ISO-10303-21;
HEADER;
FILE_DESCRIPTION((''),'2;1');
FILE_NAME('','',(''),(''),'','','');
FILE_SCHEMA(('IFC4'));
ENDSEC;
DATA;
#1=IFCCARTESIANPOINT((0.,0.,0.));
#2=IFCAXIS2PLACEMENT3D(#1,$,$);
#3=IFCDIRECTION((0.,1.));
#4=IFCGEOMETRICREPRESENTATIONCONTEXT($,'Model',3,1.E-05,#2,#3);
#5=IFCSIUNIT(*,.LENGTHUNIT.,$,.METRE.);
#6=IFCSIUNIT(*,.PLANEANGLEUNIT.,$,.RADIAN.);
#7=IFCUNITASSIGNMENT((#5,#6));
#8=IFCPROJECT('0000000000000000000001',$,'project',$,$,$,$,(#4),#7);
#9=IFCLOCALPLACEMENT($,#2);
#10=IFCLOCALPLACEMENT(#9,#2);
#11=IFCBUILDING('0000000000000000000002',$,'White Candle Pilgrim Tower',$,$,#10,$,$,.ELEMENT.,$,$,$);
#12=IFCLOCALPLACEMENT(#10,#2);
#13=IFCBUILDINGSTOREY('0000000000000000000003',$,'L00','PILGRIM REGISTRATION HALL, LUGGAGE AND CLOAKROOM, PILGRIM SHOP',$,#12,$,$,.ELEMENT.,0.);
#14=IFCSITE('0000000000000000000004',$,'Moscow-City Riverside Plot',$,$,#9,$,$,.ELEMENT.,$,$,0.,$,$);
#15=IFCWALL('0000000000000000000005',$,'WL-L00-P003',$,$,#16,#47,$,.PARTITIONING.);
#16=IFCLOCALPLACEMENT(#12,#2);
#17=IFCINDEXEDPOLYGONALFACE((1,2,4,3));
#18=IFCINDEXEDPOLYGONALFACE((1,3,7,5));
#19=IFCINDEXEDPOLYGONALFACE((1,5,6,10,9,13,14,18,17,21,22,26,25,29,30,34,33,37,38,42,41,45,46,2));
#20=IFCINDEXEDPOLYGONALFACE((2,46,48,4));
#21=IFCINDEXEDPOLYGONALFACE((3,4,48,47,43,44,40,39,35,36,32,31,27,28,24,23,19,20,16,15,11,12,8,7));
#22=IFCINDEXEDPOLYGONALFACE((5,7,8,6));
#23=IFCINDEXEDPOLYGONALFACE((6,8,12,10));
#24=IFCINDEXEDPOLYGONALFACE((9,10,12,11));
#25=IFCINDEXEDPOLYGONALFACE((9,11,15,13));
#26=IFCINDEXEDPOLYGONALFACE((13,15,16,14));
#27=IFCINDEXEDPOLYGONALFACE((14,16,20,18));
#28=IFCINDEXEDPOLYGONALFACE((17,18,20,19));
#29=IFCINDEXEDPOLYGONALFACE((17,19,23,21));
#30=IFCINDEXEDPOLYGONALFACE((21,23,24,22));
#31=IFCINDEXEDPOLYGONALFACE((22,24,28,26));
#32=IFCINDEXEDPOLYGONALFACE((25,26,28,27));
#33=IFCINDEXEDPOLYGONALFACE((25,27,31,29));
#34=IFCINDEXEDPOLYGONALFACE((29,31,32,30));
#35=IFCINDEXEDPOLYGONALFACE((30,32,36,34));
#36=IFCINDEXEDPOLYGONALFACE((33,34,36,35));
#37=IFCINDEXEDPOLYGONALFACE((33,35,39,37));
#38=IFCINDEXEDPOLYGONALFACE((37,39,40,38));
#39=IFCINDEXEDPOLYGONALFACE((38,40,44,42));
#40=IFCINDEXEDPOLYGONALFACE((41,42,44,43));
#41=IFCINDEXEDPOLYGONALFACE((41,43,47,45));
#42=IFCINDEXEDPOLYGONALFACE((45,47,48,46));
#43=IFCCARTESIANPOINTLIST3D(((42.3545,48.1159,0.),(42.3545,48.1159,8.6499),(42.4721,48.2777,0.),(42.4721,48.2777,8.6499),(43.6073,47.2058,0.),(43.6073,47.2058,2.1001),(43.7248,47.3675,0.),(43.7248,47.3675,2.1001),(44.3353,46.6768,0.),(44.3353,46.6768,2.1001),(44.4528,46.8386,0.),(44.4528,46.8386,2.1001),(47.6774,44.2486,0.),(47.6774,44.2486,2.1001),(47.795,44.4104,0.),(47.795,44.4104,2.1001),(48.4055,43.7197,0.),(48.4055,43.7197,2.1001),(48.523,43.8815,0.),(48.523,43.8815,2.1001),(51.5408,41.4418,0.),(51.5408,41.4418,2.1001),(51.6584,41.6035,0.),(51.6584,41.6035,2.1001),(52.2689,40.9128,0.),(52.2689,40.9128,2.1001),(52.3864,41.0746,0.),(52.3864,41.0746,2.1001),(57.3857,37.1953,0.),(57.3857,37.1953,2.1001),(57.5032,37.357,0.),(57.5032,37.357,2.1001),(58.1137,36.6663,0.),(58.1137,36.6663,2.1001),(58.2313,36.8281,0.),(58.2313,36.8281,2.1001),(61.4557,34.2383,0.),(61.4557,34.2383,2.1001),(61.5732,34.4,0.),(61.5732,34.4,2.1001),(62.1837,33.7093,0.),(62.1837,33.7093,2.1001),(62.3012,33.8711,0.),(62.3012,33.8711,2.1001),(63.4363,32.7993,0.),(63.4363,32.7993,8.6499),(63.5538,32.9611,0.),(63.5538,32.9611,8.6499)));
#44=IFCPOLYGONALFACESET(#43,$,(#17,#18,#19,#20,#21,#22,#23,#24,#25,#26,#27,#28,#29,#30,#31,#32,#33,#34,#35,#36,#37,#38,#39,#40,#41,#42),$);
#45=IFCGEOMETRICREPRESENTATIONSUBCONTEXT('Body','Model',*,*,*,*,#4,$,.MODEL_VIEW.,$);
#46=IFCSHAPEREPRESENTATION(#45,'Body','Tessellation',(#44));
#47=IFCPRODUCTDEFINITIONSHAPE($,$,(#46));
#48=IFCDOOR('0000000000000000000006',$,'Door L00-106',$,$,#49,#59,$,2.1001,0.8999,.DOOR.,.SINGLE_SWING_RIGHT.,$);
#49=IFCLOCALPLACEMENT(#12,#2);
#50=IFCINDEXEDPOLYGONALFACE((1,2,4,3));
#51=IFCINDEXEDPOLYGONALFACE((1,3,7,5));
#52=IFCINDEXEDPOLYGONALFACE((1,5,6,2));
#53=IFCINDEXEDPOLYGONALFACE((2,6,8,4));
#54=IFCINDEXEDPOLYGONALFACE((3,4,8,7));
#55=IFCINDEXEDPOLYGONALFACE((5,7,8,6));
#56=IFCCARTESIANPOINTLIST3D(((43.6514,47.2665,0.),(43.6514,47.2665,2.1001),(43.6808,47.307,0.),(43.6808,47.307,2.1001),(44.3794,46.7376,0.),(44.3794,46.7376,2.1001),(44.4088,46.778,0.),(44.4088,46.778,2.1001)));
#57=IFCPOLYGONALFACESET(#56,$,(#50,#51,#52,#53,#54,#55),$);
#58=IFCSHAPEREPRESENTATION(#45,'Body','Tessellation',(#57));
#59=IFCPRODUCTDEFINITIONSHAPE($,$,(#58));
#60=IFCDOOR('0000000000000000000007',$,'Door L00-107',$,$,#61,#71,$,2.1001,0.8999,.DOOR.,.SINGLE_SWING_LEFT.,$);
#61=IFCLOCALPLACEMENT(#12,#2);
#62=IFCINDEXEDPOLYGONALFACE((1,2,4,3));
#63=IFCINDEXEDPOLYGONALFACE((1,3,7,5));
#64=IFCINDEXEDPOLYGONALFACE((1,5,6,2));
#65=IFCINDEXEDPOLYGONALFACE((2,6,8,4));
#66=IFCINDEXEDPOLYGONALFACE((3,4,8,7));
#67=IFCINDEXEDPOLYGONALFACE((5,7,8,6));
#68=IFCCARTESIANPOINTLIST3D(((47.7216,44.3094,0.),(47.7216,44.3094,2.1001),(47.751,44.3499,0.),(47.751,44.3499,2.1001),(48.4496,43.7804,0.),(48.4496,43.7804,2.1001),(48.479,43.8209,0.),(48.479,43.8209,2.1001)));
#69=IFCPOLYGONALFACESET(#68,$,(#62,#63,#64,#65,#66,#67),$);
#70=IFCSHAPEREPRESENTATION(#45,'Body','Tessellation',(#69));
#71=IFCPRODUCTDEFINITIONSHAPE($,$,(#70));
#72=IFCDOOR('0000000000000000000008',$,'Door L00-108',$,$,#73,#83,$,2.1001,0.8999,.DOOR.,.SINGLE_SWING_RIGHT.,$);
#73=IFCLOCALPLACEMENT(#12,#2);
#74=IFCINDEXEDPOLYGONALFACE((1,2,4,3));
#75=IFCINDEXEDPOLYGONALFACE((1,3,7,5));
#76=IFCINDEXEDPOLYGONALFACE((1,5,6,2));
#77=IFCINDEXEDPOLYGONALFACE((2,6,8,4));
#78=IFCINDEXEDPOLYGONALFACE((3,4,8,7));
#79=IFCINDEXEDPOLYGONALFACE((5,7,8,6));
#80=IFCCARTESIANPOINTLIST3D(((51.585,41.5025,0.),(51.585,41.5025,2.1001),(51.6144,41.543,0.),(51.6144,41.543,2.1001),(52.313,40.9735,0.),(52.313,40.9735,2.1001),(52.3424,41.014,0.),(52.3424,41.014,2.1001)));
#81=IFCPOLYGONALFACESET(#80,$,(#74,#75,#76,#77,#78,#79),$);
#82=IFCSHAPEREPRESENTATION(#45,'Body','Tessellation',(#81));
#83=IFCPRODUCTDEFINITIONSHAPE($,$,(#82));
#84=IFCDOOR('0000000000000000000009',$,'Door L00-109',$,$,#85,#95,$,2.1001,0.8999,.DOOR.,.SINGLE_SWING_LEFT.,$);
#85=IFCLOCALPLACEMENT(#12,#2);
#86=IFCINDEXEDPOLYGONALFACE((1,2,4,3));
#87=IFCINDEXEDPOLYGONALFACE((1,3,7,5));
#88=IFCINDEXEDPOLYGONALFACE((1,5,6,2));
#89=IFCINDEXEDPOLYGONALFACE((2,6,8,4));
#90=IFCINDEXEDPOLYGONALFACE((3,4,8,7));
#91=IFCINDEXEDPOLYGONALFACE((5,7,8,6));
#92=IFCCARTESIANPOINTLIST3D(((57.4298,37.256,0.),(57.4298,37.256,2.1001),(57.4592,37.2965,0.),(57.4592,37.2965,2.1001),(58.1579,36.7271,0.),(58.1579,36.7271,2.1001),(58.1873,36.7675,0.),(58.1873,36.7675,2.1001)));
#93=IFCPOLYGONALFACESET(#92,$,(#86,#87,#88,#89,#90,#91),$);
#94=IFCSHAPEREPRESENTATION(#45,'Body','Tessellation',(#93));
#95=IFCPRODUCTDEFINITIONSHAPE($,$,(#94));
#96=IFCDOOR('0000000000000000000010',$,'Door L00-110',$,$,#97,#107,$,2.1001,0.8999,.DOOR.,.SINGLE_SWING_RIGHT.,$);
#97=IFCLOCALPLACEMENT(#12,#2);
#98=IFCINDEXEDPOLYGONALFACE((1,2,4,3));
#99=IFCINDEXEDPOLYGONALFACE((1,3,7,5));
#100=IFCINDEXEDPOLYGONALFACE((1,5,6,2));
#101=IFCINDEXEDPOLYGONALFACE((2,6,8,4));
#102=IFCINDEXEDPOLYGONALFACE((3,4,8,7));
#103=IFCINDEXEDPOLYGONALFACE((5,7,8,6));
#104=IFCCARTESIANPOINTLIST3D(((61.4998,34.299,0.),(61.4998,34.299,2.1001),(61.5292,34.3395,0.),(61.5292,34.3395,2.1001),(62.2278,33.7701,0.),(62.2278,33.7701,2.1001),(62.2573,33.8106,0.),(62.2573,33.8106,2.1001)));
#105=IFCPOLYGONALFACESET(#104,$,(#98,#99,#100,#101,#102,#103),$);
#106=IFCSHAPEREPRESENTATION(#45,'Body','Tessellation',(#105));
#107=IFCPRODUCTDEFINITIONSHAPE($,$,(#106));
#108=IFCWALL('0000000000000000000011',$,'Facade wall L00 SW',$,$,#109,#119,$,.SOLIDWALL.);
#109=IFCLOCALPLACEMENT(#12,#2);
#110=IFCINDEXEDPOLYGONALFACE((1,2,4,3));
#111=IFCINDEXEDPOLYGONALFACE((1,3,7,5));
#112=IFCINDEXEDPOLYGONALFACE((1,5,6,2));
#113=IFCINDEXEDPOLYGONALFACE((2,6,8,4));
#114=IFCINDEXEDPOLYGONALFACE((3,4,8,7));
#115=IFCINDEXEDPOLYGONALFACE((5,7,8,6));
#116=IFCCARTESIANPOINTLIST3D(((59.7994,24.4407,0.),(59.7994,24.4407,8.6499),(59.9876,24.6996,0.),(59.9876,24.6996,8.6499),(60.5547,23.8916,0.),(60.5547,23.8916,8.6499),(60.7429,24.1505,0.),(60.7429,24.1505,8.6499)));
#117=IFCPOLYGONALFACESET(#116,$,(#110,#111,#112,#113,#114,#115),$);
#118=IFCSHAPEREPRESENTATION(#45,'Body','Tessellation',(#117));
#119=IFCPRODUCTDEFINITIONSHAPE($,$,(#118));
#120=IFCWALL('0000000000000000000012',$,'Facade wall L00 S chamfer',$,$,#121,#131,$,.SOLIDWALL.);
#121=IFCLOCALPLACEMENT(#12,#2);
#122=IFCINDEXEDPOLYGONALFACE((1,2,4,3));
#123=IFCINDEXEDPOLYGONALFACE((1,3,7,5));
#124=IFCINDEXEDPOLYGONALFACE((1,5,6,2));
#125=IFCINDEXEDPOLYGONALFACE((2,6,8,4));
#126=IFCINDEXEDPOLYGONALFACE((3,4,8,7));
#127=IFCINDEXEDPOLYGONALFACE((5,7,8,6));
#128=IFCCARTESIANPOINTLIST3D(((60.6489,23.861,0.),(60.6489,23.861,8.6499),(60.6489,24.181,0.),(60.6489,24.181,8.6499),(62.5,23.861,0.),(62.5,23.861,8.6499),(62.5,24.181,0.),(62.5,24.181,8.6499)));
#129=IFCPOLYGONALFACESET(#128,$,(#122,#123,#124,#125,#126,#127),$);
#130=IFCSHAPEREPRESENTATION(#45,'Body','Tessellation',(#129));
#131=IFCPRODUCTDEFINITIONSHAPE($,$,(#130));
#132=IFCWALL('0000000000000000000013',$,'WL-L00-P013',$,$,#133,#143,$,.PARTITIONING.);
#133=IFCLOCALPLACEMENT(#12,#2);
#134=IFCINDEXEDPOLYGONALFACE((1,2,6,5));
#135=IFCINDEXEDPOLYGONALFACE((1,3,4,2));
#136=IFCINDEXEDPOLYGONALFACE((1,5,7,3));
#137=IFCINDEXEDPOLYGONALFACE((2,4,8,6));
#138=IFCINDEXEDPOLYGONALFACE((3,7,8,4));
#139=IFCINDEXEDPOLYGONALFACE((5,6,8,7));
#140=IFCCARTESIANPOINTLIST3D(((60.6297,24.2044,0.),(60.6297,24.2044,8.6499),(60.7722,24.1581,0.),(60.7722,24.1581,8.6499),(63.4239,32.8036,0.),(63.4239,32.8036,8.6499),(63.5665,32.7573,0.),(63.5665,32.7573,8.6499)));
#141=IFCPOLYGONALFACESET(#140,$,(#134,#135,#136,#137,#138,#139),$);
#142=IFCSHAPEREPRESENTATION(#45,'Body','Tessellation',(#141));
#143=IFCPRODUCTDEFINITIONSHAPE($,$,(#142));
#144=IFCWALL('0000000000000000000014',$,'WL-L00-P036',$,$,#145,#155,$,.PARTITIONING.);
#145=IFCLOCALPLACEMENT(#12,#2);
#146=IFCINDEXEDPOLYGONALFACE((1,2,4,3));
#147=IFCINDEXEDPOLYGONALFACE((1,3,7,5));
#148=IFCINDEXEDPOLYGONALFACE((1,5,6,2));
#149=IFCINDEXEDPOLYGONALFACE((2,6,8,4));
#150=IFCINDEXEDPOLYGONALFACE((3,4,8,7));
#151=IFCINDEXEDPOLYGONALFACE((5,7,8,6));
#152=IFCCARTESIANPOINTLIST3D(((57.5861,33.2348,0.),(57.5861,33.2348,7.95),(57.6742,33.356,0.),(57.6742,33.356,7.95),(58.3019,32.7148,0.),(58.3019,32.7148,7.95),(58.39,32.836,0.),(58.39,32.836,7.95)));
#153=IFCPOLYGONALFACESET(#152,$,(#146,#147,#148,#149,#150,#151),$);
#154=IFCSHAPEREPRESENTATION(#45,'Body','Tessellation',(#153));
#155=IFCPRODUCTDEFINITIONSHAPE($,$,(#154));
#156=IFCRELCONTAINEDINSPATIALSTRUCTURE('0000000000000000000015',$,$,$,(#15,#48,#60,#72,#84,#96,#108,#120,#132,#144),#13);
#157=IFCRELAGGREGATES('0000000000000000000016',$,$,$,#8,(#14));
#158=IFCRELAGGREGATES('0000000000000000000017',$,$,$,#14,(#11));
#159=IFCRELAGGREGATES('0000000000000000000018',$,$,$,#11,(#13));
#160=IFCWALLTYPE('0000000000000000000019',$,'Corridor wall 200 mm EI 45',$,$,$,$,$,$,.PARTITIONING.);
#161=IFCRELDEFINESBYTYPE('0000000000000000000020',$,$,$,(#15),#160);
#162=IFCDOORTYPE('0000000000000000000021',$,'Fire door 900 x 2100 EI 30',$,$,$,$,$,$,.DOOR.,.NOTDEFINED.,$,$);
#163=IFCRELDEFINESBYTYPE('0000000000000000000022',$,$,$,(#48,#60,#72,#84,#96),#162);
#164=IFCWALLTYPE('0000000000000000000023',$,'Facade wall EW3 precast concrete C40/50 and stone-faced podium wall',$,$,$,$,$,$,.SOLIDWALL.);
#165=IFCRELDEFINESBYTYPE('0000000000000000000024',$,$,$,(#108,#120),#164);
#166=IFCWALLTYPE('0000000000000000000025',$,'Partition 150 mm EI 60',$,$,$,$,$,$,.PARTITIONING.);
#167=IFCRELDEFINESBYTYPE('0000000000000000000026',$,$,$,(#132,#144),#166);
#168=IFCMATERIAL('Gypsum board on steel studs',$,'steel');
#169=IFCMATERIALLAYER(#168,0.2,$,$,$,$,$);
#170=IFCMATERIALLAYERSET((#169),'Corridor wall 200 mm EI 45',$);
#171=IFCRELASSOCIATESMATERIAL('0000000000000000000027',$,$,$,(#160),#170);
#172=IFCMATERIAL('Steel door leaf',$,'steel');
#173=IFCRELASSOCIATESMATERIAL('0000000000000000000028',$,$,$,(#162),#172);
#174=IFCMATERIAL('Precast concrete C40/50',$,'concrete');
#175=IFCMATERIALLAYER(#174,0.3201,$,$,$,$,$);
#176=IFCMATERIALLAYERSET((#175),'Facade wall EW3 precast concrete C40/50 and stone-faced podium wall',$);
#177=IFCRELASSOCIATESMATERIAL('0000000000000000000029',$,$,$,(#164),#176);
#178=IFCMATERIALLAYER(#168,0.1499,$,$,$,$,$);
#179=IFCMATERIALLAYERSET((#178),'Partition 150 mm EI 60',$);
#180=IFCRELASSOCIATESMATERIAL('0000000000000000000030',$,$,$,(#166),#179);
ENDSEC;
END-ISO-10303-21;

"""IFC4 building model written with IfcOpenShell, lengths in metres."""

from ifc_helpers import new_model, si_unit, direction, frame, frame_2d, origin, place, context, subcontext, project, spatial, rectangle, extrude, material, layer, layer_set, type_object, element, fill, save


model = new_model("IFC4")

# Units and contexts
model_context = context("Model", 3, precision=1e-05, world=origin(), true_north=direction((0.0, 1.0)))
body_context = subcontext(model_context, "Body", "Model", "MODEL_VIEW")
ifc_project = project(units=[si_unit("LENGTHUNIT", "METRE"), si_unit("PLANEANGLEUNIT", "RADIAN")], contexts=[model_context])

# Site, building, storey
site_placement = place(None, origin())
site = spatial("IfcSite", under=ifc_project, at=site_placement, Name="Moscow-City Riverside Plot", CompositionType="ELEMENT", RefElevation=0.0)
building_placement = place(site_placement, origin())
building = spatial("IfcBuilding", under=site, at=building_placement, Name="White Candle Pilgrim Tower", CompositionType="ELEMENT")
storey_placement = place(building_placement, origin())
storey = spatial("IfcBuildingStorey", under=building, at=storey_placement, Name="L00", Description="PILGRIM REGISTRATION HALL, LUGGAGE AND CLOAKROOM, PILGRIM SHOP", CompositionType="ELEMENT", Elevation=0.0)

# Wall, openings, doors
ifc_material_1 = material(Name="Gypsum board on steel studs", Category="steel")
ifc_layer_1 = layer(ifc_material_1, 0.2)
ifc_layer_set_1 = layer_set([ifc_layer_1], Name="Corridor wall 200 mm EI 45")
wall_type_1 = type_object("IfcWallType", Name="Corridor wall 200 mm EI 45", PredefinedType="PARTITIONING", material=ifc_layer_set_1)
wall_1_placement = place(storey_placement, frame((63.4951, 32.8801, 0.0), z_axis=(0.0, 0.0, 1.0), x_axis=(-0.80902, 0.587781, 0.0)))
wall_1 = element("IfcWall", 1, at=wall_1_placement, inside=storey, type_object=wall_type_1, Name="WL-L00-P003", PredefinedType="PARTITIONING", context=body_context, shape_type="SweptSolid", body=[
    extrude(rectangle(XDim=26.0583, YDim=0.2, at=frame_2d((13.0293, 0.0))), origin(), (0.0, 0.0, 1.0), 8.6499),
])
opening_1_placement = place(wall_1_placement, frame((23.6101, 0.0, 0.0)))
opening_1 = element("IfcOpeningElement", 2, at=opening_1_placement, cuts=wall_1, PredefinedType="OPENING", context=body_context, shape_type="SweptSolid", body=[
    extrude(rectangle(XDim=0.8999, YDim=2.1001, at=frame_2d((0.45, 1.05))), frame((0.0, 0.1099, 0.0), z_axis=(0.0, -1.0, 0.0), x_axis=(1.0, 0.0, 0.0)), (0.0, 0.0, 1.0), 0.22),
])
opening_2_placement = place(wall_1_placement, frame((18.5791, 0.0, 0.0)))
opening_2 = element("IfcOpeningElement", 3, at=opening_2_placement, cuts=wall_1, PredefinedType="OPENING", context=body_context, shape_type="SweptSolid", body=[
    extrude(rectangle(XDim=0.8999, YDim=2.1001, at=frame_2d((0.45, 1.05))), frame((0.0, 0.1099, 0.0), z_axis=(0.0, -1.0, 0.0), x_axis=(1.0, 0.0, 0.0)), (0.0, 0.0, 1.0), 0.22),
])
opening_3_placement = place(wall_1_placement, frame((13.8037, 0.0, 0.0)))
opening_3 = element("IfcOpeningElement", 4, at=opening_3_placement, cuts=wall_1, PredefinedType="OPENING", context=body_context, shape_type="SweptSolid", body=[
    extrude(rectangle(XDim=0.8999, YDim=2.1001, at=frame_2d((0.45, 1.05))), frame((0.0, 0.1099, 0.0), z_axis=(0.0, -1.0, 0.0), x_axis=(1.0, 0.0, 0.0)), (0.0, 0.0, 1.0), 0.22),
])
opening_4_placement = place(wall_1_placement, frame((6.5791, 0.0, 0.0)))
opening_4 = element("IfcOpeningElement", 5, at=opening_4_placement, cuts=wall_1, PredefinedType="OPENING", context=body_context, shape_type="SweptSolid", body=[
    extrude(rectangle(XDim=0.8999, YDim=2.1001, at=frame_2d((0.45, 1.05))), frame((0.0, 0.1099, 0.0), z_axis=(0.0, -1.0, 0.0), x_axis=(1.0, 0.0, 0.0)), (0.0, 0.0, 1.0), 0.22),
])
opening_5_placement = place(wall_1_placement, frame((1.5483, 0.0, 0.0)))
opening_5 = element("IfcOpeningElement", 6, at=opening_5_placement, cuts=wall_1, PredefinedType="OPENING", context=body_context, shape_type="SweptSolid", body=[
    extrude(rectangle(XDim=0.8999, YDim=2.1001, at=frame_2d((0.45, 1.05))), frame((0.0, 0.1099, 0.0), z_axis=(0.0, -1.0, 0.0), x_axis=(1.0, 0.0, 0.0)), (0.0, 0.0, 1.0), 0.22),
])
ifc_material_2 = material(Name="Steel door leaf", Category="steel")
door_type = type_object("IfcDoorType", Name="Fire door 900 x 2100 EI 30", OperationType="NOTDEFINED", PredefinedType="DOOR", material=ifc_material_2)
door_1_placement = place(opening_1_placement, origin())
door_1 = element("IfcDoor", 7, at=door_1_placement, inside=storey, type_object=door_type, Name="Door L00-106", OperationType="SINGLE_SWING_RIGHT", OverallHeight=2.1001, OverallWidth=0.8999, PredefinedType="DOOR", context=body_context, shape_type="SweptSolid", body=[
    extrude(rectangle(XDim=0.8999, YDim=2.1001, at=frame_2d((0.45, 1.05))), frame((0.0, 0.0249, 0.0), z_axis=(0.0, -1.0, 0.0), x_axis=(1.0, 0.0, 0.0)), (0.0, 0.0, 1.0), 0.05),
])
fill(opening_1, door_1)
door_2_placement = place(opening_2_placement, origin())
door_2 = element("IfcDoor", 8, at=door_2_placement, inside=storey, type_object=door_type, Name="Door L00-107", OperationType="SINGLE_SWING_LEFT", OverallHeight=2.1001, OverallWidth=0.8999, PredefinedType="DOOR", context=body_context, shape_type="SweptSolid", body=[
    extrude(rectangle(XDim=0.8999, YDim=2.1001, at=frame_2d((0.45, 1.05))), frame((0.0, 0.0249, 0.0), z_axis=(0.0, -1.0, 0.0), x_axis=(1.0, 0.0, 0.0)), (0.0, 0.0, 1.0), 0.05),
])
fill(opening_2, door_2)
door_3_placement = place(opening_3_placement, origin())
door_3 = element("IfcDoor", 9, at=door_3_placement, inside=storey, type_object=door_type, Name="Door L00-108", OperationType="SINGLE_SWING_RIGHT", OverallHeight=2.1001, OverallWidth=0.8999, PredefinedType="DOOR", context=body_context, shape_type="SweptSolid", body=[
    extrude(rectangle(XDim=0.8999, YDim=2.1001, at=frame_2d((0.45, 1.05))), frame((0.0, 0.0249, 0.0), z_axis=(0.0, -1.0, 0.0), x_axis=(1.0, 0.0, 0.0)), (0.0, 0.0, 1.0), 0.05),
])
fill(opening_3, door_3)
door_4_placement = place(opening_4_placement, origin())
door_4 = element("IfcDoor", 10, at=door_4_placement, inside=storey, type_object=door_type, Name="Door L00-109", OperationType="SINGLE_SWING_LEFT", OverallHeight=2.1001, OverallWidth=0.8999, PredefinedType="DOOR", context=body_context, shape_type="SweptSolid", body=[
    extrude(rectangle(XDim=0.8999, YDim=2.1001, at=frame_2d((0.45, 1.05))), frame((0.0, 0.0249, 0.0), z_axis=(0.0, -1.0, 0.0), x_axis=(1.0, 0.0, 0.0)), (0.0, 0.0, 1.0), 0.05),
])
fill(opening_4, door_4)
door_5_placement = place(opening_5_placement, origin())
door_5 = element("IfcDoor", 11, at=door_5_placement, inside=storey, type_object=door_type, Name="Door L00-110", OperationType="SINGLE_SWING_RIGHT", OverallHeight=2.1001, OverallWidth=0.8999, PredefinedType="DOOR", context=body_context, shape_type="SweptSolid", body=[
    extrude(rectangle(XDim=0.8999, YDim=2.1001, at=frame_2d((0.45, 1.05))), frame((0.0, 0.0249, 0.0), z_axis=(0.0, -1.0, 0.0), x_axis=(1.0, 0.0, 0.0)), (0.0, 0.0, 1.0), 0.05),
])
fill(opening_5, door_5)

# Walls
ifc_material_3 = material(Name="Precast concrete C40/50", Category="concrete")
ifc_layer_2 = layer(ifc_material_3, 0.3201)
ifc_layer_set_2 = layer_set([ifc_layer_2], Name="Facade wall EW3 precast concrete C40/50 and stone-faced podium wall")
wall_type_2 = type_object("IfcWallType", Name="Facade wall EW3 precast concrete C40/50 and stone-faced podium wall", PredefinedType="SOLIDWALL", material=ifc_layer_set_2)
wall_2_placement = place(storey_placement, frame((59.8936, 24.5701, 0.0), z_axis=(0.0, 0.0, 1.0), x_axis=(0.808883, -0.58797, 0.0)))
element("IfcWall", 12, at=wall_2_placement, inside=storey, type_object=wall_type_2, Name="Facade wall L00 SW", PredefinedType="SOLIDWALL", context=body_context, shape_type="SweptSolid", body=[
    extrude(rectangle(XDim=0.9338, YDim=0.3201, at=frame_2d((0.4668, 0.0))), origin(), (0.0, 0.0, 1.0), 8.6499),
])
wall_3_placement = place(storey_placement, frame((60.6489, 24.021, 0.0), z_axis=(0.0, 0.0, 1.0), x_axis=(1.0, 0.0, 0.0)))
element("IfcWall", 13, at=wall_3_placement, inside=storey, type_object=wall_type_2, Name="Facade wall L00 S chamfer", PredefinedType="SOLIDWALL", context=body_context, shape_type="SweptSolid", body=[
    extrude(rectangle(XDim=1.8511, YDim=0.3201, at=frame_2d((0.9255, 0.0))), origin(), (0.0, 0.0, 1.0), 8.6499),
])
ifc_layer_3 = layer(ifc_material_1, 0.1499)
ifc_layer_set_3 = layer_set([ifc_layer_3], Name="Partition 150 mm EI 60")
wall_type_3 = type_object("IfcWallType", Name="Partition 150 mm EI 60", PredefinedType="PARTITIONING", material=ifc_layer_set_3)
wall_4_placement = place(storey_placement, frame((60.7009, 24.1812, 0.0), z_axis=(0.0, 0.0, 1.0), x_axis=(0.309034, 0.951051, 0.0)))
element("IfcWall", 14, at=wall_4_placement, inside=storey, type_object=wall_type_3, Name="WL-L00-P013", PredefinedType="PARTITIONING", context=body_context, shape_type="SweptSolid", body=[
    extrude(rectangle(XDim=9.0417, YDim=0.1499, at=frame_2d((4.521, 0.0))), origin(), (0.0, 0.0, 1.0), 8.6499),
])
wall_5_placement = place(storey_placement, frame((57.6301, 33.2954, 0.0), z_axis=(0.0, 0.0, 1.0), x_axis=(0.809046, -0.587745, 0.0)))
element("IfcWall", 15, at=wall_5_placement, inside=storey, type_object=wall_type_3, Name="WL-L00-P036", PredefinedType="PARTITIONING", context=body_context, shape_type="SweptSolid", body=[
    extrude(rectangle(XDim=0.8848, YDim=0.1499, at=frame_2d((0.4424, 0.0))), origin(), (0.0, 0.0, 1.0), 7.95),
])

save(model, "model.ifc")
